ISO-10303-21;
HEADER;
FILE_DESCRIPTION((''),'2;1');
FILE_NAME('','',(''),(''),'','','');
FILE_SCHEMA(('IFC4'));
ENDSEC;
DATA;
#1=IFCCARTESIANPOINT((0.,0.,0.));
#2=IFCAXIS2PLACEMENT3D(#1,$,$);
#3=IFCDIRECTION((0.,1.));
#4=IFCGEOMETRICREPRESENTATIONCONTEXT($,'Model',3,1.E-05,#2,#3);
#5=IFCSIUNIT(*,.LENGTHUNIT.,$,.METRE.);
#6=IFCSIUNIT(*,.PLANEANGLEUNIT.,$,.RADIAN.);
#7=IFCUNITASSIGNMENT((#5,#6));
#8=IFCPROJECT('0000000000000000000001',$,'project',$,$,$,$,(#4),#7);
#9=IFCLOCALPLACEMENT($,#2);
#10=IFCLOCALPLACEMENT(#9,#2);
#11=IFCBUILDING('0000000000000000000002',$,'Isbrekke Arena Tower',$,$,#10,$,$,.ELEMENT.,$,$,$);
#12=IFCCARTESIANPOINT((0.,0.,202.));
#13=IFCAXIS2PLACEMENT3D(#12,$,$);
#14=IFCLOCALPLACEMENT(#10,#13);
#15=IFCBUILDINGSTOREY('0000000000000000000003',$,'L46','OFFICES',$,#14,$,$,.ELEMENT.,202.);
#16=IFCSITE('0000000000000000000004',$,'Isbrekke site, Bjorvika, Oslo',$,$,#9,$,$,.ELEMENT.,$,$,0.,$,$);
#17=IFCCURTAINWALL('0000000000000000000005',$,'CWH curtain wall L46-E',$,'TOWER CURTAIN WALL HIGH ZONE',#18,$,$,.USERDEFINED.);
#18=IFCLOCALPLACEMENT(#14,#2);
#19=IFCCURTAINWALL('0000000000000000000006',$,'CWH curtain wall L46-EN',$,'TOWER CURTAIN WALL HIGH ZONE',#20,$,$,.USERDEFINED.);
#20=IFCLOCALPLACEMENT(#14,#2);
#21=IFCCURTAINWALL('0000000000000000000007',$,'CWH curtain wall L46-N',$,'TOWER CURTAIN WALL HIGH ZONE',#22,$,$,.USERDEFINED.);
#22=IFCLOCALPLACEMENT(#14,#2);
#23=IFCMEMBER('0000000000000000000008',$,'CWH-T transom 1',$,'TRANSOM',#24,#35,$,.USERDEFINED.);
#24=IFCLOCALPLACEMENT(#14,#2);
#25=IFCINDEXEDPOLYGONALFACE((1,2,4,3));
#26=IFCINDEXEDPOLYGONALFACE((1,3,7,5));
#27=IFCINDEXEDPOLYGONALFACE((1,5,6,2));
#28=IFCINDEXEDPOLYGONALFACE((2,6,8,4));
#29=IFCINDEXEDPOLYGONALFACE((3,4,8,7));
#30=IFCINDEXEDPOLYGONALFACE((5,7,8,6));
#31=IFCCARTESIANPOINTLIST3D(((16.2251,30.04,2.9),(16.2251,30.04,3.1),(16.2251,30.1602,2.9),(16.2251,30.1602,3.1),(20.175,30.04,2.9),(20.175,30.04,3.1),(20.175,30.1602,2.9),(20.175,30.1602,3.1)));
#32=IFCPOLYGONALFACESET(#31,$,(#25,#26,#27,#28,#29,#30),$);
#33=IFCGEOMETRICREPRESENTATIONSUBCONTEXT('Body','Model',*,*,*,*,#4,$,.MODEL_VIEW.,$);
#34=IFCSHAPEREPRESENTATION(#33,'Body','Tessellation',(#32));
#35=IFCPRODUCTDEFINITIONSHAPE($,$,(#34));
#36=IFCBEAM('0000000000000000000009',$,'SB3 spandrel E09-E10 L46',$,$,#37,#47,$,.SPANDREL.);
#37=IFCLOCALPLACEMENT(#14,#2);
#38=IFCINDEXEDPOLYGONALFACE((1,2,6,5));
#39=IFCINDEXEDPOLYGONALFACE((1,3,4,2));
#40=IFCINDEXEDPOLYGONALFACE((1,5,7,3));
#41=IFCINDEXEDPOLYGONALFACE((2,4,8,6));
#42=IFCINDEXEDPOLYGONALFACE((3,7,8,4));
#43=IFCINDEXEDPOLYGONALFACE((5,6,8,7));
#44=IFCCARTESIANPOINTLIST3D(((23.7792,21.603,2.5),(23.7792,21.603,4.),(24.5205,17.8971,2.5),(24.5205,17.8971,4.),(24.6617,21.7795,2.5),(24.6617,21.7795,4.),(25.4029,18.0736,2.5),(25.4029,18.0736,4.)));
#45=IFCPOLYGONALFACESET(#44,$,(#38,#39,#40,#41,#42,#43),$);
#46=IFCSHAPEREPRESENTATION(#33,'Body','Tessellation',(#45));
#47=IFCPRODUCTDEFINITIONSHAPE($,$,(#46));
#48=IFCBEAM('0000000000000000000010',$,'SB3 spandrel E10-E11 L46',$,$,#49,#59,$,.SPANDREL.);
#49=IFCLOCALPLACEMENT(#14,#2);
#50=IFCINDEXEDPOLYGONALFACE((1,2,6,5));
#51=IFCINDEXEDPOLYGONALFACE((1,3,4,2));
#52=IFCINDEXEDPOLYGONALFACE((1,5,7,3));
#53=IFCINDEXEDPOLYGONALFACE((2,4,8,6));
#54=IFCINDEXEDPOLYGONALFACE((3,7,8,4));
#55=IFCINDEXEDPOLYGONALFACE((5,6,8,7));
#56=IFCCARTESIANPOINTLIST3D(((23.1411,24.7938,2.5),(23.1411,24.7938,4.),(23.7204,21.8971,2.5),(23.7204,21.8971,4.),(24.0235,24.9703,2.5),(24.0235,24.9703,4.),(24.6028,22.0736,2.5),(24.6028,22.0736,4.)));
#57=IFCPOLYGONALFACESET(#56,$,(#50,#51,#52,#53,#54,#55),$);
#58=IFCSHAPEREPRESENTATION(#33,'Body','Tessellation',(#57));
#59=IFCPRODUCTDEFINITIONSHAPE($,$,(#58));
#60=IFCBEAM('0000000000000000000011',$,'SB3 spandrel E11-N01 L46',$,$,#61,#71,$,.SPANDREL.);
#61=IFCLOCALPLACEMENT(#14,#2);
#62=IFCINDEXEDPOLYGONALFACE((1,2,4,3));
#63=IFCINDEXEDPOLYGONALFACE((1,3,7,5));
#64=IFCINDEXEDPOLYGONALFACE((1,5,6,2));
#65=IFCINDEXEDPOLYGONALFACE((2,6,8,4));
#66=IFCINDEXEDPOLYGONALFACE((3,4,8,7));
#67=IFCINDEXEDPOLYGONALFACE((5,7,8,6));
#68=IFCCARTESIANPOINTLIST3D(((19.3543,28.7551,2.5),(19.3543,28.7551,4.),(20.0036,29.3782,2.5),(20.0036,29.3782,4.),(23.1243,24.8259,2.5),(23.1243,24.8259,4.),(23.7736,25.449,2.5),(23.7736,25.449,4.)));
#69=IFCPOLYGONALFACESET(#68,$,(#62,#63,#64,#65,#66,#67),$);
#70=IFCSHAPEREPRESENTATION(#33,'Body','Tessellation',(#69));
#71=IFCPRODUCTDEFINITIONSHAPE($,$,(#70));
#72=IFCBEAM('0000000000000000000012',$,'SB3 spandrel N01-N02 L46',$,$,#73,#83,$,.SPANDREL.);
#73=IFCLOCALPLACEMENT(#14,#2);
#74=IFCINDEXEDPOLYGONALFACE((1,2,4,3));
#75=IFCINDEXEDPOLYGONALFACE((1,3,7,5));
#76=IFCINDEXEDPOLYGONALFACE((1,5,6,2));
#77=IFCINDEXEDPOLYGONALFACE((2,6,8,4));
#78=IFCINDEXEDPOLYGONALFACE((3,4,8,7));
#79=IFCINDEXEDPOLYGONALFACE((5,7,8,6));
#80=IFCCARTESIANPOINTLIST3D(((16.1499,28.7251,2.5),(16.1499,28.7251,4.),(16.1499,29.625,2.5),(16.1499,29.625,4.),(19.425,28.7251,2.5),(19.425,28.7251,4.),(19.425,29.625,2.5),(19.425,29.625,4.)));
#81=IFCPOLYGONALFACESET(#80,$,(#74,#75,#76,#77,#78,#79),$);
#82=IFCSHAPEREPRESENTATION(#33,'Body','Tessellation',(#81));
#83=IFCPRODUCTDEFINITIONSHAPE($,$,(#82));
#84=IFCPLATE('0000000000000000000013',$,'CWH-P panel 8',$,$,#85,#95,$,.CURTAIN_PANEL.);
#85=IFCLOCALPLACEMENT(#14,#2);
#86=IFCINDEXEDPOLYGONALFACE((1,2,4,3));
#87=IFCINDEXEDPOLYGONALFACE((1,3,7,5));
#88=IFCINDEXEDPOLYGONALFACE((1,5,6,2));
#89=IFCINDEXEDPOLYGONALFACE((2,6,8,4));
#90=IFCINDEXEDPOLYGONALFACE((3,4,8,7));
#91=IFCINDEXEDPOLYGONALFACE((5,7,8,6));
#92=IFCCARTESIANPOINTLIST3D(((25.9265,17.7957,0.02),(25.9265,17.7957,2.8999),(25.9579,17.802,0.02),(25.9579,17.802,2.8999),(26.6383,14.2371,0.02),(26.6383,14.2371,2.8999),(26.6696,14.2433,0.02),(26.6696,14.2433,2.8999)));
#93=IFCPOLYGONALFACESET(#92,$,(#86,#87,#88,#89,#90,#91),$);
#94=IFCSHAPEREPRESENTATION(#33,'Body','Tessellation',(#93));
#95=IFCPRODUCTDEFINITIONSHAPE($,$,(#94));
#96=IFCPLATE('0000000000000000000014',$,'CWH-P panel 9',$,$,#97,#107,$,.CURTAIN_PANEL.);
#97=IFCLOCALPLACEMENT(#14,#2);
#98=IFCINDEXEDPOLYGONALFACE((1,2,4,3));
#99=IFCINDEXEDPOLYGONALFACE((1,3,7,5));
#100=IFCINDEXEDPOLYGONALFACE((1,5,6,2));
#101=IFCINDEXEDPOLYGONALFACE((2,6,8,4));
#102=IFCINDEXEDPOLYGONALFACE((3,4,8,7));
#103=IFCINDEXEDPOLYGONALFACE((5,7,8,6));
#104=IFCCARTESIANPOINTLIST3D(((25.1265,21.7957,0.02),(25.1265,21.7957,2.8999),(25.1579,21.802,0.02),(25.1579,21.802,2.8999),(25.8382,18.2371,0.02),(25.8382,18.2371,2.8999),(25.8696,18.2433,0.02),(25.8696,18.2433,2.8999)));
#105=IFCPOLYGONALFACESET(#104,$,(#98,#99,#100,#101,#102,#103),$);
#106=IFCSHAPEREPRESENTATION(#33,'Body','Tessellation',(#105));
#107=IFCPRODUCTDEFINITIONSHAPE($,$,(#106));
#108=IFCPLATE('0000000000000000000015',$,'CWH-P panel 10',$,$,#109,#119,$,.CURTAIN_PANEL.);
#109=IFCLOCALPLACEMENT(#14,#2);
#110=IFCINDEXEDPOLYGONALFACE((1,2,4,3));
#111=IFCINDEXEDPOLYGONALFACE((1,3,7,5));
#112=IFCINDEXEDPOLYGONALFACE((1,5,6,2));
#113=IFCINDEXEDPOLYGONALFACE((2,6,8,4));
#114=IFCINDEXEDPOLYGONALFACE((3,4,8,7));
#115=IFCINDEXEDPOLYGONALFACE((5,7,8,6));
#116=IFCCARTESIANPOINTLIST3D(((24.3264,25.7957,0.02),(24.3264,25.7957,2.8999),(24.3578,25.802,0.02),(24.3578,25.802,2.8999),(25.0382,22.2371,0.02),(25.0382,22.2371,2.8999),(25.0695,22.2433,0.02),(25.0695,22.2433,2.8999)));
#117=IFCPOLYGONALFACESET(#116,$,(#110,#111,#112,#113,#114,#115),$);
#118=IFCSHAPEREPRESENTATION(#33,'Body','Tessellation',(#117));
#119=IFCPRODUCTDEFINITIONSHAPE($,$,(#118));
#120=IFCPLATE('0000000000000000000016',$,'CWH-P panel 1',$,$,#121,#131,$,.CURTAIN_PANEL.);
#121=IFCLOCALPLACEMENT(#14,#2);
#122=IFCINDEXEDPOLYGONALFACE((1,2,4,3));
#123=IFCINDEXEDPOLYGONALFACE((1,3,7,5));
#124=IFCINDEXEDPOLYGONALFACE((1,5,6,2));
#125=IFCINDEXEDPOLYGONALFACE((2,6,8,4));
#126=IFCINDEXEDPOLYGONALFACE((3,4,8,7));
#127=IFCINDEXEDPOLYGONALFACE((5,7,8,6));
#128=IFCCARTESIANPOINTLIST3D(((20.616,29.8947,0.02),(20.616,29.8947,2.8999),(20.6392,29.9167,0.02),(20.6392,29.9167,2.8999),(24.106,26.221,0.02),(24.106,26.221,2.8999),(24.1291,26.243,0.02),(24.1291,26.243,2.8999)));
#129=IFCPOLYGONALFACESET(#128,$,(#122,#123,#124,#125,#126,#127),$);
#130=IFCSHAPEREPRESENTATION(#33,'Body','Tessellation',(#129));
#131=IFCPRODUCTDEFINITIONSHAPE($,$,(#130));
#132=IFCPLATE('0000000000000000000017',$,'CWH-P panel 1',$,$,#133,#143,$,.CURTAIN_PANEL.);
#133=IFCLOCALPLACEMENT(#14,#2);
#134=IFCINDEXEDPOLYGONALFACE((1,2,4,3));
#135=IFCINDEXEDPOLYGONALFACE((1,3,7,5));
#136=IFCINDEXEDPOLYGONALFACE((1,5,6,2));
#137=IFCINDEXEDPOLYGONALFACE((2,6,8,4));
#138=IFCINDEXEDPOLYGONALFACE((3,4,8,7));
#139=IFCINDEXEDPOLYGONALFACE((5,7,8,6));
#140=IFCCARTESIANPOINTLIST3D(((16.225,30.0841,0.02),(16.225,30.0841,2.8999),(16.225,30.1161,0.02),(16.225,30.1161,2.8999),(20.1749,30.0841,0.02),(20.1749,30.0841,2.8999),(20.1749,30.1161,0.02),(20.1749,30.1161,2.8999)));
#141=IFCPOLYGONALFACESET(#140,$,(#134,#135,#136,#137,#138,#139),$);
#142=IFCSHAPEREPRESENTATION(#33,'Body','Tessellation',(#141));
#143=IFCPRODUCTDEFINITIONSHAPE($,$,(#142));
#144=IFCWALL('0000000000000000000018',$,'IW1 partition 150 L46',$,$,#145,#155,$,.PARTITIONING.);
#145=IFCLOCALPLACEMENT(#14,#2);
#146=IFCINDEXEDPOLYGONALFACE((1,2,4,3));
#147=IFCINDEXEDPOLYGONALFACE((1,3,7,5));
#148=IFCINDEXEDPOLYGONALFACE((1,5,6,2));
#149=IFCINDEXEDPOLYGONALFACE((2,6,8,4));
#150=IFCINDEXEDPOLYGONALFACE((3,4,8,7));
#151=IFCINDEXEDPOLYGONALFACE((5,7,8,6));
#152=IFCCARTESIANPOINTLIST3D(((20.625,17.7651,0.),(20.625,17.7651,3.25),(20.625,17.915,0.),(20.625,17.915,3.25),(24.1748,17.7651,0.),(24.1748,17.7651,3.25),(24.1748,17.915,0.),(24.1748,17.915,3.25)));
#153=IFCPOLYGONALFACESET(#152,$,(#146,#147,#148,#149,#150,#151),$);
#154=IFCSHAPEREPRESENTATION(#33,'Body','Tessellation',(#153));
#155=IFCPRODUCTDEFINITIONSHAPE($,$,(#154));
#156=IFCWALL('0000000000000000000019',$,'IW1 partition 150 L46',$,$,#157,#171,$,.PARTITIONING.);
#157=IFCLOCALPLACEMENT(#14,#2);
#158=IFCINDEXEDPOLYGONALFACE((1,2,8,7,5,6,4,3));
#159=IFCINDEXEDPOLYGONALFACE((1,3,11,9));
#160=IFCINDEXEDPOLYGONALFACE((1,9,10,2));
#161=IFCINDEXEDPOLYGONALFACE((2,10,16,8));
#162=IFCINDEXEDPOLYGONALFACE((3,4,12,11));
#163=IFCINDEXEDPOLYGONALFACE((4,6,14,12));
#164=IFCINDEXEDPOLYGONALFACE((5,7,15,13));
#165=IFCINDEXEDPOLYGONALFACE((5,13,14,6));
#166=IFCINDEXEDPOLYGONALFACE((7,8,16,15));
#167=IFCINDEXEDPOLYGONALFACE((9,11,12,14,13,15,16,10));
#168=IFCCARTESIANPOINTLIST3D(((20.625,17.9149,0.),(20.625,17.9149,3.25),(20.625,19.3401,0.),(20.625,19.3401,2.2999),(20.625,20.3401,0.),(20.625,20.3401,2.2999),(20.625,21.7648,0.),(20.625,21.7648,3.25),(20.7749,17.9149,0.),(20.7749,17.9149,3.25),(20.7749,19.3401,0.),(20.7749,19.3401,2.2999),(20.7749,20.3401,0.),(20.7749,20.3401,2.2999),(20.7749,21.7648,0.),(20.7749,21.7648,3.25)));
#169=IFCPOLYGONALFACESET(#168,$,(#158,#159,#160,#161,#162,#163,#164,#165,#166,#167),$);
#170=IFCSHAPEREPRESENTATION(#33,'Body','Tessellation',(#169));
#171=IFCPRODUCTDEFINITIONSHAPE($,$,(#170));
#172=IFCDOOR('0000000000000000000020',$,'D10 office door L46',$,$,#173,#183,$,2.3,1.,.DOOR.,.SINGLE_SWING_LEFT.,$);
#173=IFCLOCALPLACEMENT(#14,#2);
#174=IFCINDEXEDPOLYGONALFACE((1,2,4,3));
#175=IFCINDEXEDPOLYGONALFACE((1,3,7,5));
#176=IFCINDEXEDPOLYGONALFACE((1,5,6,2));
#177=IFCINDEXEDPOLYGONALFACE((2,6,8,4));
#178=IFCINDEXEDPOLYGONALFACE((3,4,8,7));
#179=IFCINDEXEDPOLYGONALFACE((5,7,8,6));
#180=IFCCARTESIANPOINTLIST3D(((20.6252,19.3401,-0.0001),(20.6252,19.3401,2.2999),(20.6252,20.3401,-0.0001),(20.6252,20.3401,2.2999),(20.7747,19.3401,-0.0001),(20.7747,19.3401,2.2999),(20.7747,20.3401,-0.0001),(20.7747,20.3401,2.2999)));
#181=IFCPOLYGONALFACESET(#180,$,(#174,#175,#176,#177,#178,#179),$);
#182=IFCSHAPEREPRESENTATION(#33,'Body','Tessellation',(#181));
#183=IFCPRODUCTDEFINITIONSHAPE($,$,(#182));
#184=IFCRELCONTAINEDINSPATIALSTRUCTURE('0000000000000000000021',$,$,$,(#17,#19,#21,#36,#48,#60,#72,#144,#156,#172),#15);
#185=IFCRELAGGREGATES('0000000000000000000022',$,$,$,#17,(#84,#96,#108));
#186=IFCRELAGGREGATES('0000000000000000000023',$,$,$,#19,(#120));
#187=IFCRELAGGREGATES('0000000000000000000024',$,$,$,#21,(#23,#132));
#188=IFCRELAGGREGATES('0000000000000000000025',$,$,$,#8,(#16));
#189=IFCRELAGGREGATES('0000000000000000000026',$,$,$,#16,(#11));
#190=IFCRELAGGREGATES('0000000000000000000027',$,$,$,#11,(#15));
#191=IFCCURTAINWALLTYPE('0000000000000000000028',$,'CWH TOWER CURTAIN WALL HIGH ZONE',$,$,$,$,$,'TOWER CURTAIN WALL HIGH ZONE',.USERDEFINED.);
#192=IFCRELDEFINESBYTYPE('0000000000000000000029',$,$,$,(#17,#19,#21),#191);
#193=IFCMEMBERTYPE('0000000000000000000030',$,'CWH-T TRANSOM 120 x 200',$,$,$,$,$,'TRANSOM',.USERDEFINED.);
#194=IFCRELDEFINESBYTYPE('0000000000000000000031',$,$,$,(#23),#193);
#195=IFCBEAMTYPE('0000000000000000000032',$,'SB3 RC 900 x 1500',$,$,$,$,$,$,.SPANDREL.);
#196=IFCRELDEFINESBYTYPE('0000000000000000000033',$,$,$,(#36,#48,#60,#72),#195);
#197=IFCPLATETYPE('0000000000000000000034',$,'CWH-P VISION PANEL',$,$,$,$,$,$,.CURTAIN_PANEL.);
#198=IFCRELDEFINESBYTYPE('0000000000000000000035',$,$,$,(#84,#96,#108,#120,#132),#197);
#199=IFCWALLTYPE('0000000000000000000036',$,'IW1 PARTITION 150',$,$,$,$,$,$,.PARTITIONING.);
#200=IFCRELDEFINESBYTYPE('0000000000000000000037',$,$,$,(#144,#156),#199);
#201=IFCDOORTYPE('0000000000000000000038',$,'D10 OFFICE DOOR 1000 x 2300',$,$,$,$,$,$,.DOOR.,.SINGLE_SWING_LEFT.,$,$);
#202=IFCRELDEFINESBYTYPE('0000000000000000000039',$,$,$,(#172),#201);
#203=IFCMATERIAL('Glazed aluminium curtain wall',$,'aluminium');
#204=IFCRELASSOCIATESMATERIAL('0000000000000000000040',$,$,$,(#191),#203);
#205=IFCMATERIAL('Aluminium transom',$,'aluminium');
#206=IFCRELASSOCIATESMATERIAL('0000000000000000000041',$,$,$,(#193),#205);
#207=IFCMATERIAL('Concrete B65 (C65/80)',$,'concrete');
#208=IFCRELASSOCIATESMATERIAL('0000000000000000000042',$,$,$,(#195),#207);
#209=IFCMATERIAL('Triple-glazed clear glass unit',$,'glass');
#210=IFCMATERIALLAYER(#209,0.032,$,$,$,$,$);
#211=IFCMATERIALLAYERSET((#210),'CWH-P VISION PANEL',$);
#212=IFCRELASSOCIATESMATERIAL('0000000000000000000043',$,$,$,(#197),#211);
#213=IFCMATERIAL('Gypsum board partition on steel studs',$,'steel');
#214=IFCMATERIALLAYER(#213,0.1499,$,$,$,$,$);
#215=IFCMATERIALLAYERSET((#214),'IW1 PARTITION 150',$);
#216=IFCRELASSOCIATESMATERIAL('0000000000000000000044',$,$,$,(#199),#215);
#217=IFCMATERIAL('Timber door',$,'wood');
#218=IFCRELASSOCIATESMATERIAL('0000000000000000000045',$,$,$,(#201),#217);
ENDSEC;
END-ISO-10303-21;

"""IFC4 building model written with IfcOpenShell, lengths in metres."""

from ifc_helpers import new_model, si_unit, direction, frame, frame_2d, origin, origin_2d, place, context, subcontext, project, spatial, rectangle, extrude, material, layer, layer_set, material_profile, profile_set, type_object, element, fill, aggregate, save


model = new_model("IFC4")

# Units and contexts
model_context = context("Model", 3, precision=1e-05, world=origin(), true_north=direction((0.0, 1.0)))
body_context = subcontext(model_context, "Body", "Model", "MODEL_VIEW")
ifc_project = project(units=[si_unit("LENGTHUNIT", "METRE"), si_unit("PLANEANGLEUNIT", "RADIAN")], contexts=[model_context])

# Site, building, storey
site_placement = place(None, origin())
site = spatial("IfcSite", under=ifc_project, at=site_placement, Name="Isbrekke site, Bjorvika, Oslo", CompositionType="ELEMENT", RefElevation=0.0)
building_placement = place(site_placement, origin())
building = spatial("IfcBuilding", under=site, at=building_placement, Name="Isbrekke Arena Tower", CompositionType="ELEMENT")
storey_placement = place(building_placement, frame((0.0, 0.0, 202.0)))
storey = spatial("IfcBuildingStorey", under=building, at=storey_placement, Name="L46", Description="OFFICES", CompositionType="ELEMENT", Elevation=202.0)

# Curtain wall
ifc_material_1 = material(Name="Glazed aluminium curtain wall", Category="aluminium")
curtain_wall_type = type_object("IfcCurtainWallType", Name="CWH TOWER CURTAIN WALL HIGH ZONE", ElementType="TOWER CURTAIN WALL HIGH ZONE", PredefinedType="USERDEFINED", material=ifc_material_1)
curtain_wall_1_placement = place(storey_placement, origin())
curtain_wall_1 = element("IfcCurtainWall", 1, at=curtain_wall_1_placement, inside=storey, type_object=curtain_wall_type, Name="CWH curtain wall L46-E", ObjectType="TOWER CURTAIN WALL HIGH ZONE", PredefinedType="USERDEFINED")

# Curtain wall
curtain_wall_2_placement = place(storey_placement, origin())
curtain_wall_2 = element("IfcCurtainWall", 2, at=curtain_wall_2_placement, inside=storey, type_object=curtain_wall_type, Name="CWH curtain wall L46-EN", ObjectType="TOWER CURTAIN WALL HIGH ZONE", PredefinedType="USERDEFINED")

# Shared definitions
ifc_material_2 = material(Name="Aluminium transom", Category="aluminium")
ifc_material_profile_1 = material_profile(ifc_material_2, rectangle(XDim=0.1201, YDim=0.2, at=origin_2d()), Name="TRANSOM 120X200")
ifc_profile_set_1 = profile_set([ifc_material_profile_1], Name="Aluminium transom")
member_type_1 = type_object("IfcMemberType", Name="CWH-T TRANSOM 120 x 200", ElementType="TRANSOM", PredefinedType="USERDEFINED", material=ifc_profile_set_1)

# Curtain wall, member
curtain_wall_3_placement = place(storey_placement, origin())
curtain_wall_3 = element("IfcCurtainWall", 3, at=curtain_wall_3_placement, inside=storey, type_object=curtain_wall_type, Name="CWH curtain wall L46-N", ObjectType="TOWER CURTAIN WALL HIGH ZONE", PredefinedType="USERDEFINED")
member_1_placement = place(storey_placement, frame((20.175, 30.1001, 3.0), z_axis=(-1.0, 0.0, 0.0), x_axis=(0.0, -1.0, 0.0)))
member_1 = element("IfcMember", 4, at=member_1_placement, type_object=member_type_1, Name="CWH-T transom 1", ObjectType="TRANSOM", PredefinedType="USERDEFINED", context=body_context, shape_type="SweptSolid", body=[
    extrude(rectangle(XDim=0.1201, YDim=0.2, at=origin_2d()), origin(), (0.0, 0.0, 1.0), 3.95),
])

# Beams
ifc_material_3 = material(Name="Concrete B65 (C65/80)", Category="concrete")
ifc_material_profile_2 = material_profile(ifc_material_3, rectangle(XDim=0.8999, YDim=1.5, at=origin_2d()), Name="RC 900x1500")
ifc_profile_set_2 = profile_set([ifc_material_profile_2], Name="Concrete B65 (C65/80)")
beam_type_1 = type_object("IfcBeamType", Name="SB3 RC 900 x 1500", PredefinedType="SPANDREL", material=ifc_profile_set_2)
beam_1_placement = place(storey_placement, frame((24.9617, 17.9854, 3.25), z_axis=(-0.196129, 0.980578, 0.0), x_axis=(-0.980578, -0.196129, 0.0)))
element("IfcBeam", 5, at=beam_1_placement, inside=storey, type_object=beam_type_1, Name="SB3 spandrel E09-E10 L46", PredefinedType="SPANDREL", context=body_context, shape_type="SweptSolid", body=[
    extrude(rectangle(XDim=0.8999, YDim=1.5, at=origin_2d()), origin(), (0.0, 0.0, 1.0), 3.7793),
])
beam_2_placement = place(storey_placement, frame((24.1616, 21.9854, 3.25), z_axis=(-0.196116, 0.980581, 0.0), x_axis=(-0.980581, -0.196116, 0.0)))
element("IfcBeam", 6, at=beam_2_placement, inside=storey, type_object=beam_type_1, Name="SB3 spandrel E10-E11 L46", PredefinedType="SPANDREL", context=body_context, shape_type="SweptSolid", body=[
    extrude(rectangle(XDim=0.8999, YDim=1.5, at=origin_2d()), origin(), (0.0, 0.0, 1.0), 2.9541),
])
beam_3_placement = place(storey_placement, frame((23.449, 25.1375, 3.25), z_axis=(-0.69234, 0.721572, 0.0), x_axis=(-0.721572, -0.69234, 0.0)))
element("IfcBeam", 7, at=beam_3_placement, inside=storey, type_object=beam_type_1, Name="SB3 spandrel E11-N01 L46", PredefinedType="SPANDREL", context=body_context, shape_type="SweptSolid", body=[
    extrude(rectangle(XDim=0.8999, YDim=1.5, at=origin_2d()), origin(), (0.0, 0.0, 1.0), 5.4453),
])
beam_4_placement = place(storey_placement, frame((19.425, 29.175, 3.25), z_axis=(-1.0, 0.0, 0.0), x_axis=(0.0, -1.0, 0.0)))
element("IfcBeam", 8, at=beam_4_placement, inside=storey, type_object=beam_type_1, Name="SB3 spandrel N01-N02 L46", PredefinedType="SPANDREL", context=body_context, shape_type="SweptSolid", body=[
    extrude(rectangle(XDim=0.8999, YDim=1.5, at=origin_2d()), origin(), (0.0, 0.0, 1.0), 3.2751),
])

# Plates
ifc_material_4 = material(Name="Triple-glazed clear glass unit", Category="glass")
ifc_layer_1 = layer(ifc_material_4, 0.032)
ifc_layer_set_1 = layer_set([ifc_layer_1], Name="CWH-P VISION PANEL")
plate_type = type_object("IfcPlateType", Name="CWH-P VISION PANEL", PredefinedType="CURTAIN_PANEL", material=ifc_layer_set_1)
plate_1_placement = place(storey_placement, frame((26.2981, 16.0195, 0.02), z_axis=(0.0, 0.0, 1.0), x_axis=(-0.196116, 0.980581, 0.0)))
plate_1 = element("IfcPlate", 9, at=plate_1_placement, type_object=plate_type, Name="CWH-P panel 8", PredefinedType="CURTAIN_PANEL", context=body_context, shape_type="SweptSolid", body=[
    extrude(rectangle(XDim=3.6292, YDim=0.032, at=origin_2d()), origin(), (0.0, 0.0, 1.0), 2.8799),
])
plate_2_placement = place(storey_placement, frame((25.498, 20.0195, 0.02), z_axis=(0.0, 0.0, 1.0), x_axis=(-0.196116, 0.980581, 0.0)))
plate_2 = element("IfcPlate", 10, at=plate_2_placement, type_object=plate_type, Name="CWH-P panel 9", PredefinedType="CURTAIN_PANEL", context=body_context, shape_type="SweptSolid", body=[
    extrude(rectangle(XDim=3.6292, YDim=0.032, at=origin_2d()), origin(), (0.0, 0.0, 1.0), 2.8799),
])
plate_3_placement = place(storey_placement, frame((24.698, 24.0195, 0.02), z_axis=(0.0, 0.0, 1.0), x_axis=(-0.196116, 0.980581, 0.0)))
plate_3 = element("IfcPlate", 11, at=plate_3_placement, type_object=plate_type, Name="CWH-P panel 10", PredefinedType="CURTAIN_PANEL", context=body_context, shape_type="SweptSolid", body=[
    extrude(rectangle(XDim=3.6292, YDim=0.032, at=origin_2d()), origin(), (0.0, 0.0, 1.0), 2.8799),
])
aggregate(curtain_wall_1, [plate_1, plate_2, plate_3])
plate_4_placement = place(storey_placement, frame((22.3726, 28.0688, 0.02), z_axis=(0.0, 0.0, 1.0), x_axis=(-0.688749, 0.724999, 0.0)))
plate_4 = element("IfcPlate", 12, at=plate_4_placement, type_object=plate_type, Name="CWH-P panel 1", PredefinedType="CURTAIN_PANEL", context=body_context, shape_type="SweptSolid", body=[
    extrude(rectangle(XDim=5.0671, YDim=0.032, at=origin_2d()), origin(), (0.0, 0.0, 1.0), 2.8799),
])
aggregate(curtain_wall_2, [plate_4])
plate_5_placement = place(storey_placement, frame((18.2, 30.1001, 0.02), z_axis=(0.0, 0.0, 1.0), x_axis=(-1.0, 0.0, 0.0)))
plate_5 = element("IfcPlate", 13, at=plate_5_placement, type_object=plate_type, Name="CWH-P panel 1", PredefinedType="CURTAIN_PANEL", context=body_context, shape_type="SweptSolid", body=[
    extrude(rectangle(XDim=3.95, YDim=0.032, at=origin_2d()), origin(), (0.0, 0.0, 1.0), 2.8799),
])
aggregate(curtain_wall_3, [member_1, plate_5])

# Wall
ifc_material_5 = material(Name="Gypsum board partition on steel studs", Category="steel")
ifc_layer_2 = layer(ifc_material_5, 0.1499)
ifc_layer_set_2 = layer_set([ifc_layer_2], Name="IW1 PARTITION 150")
wall_type = type_object("IfcWallType", Name="IW1 PARTITION 150", PredefinedType="PARTITIONING", material=ifc_layer_set_2)
wall_1_placement = place(storey_placement, frame((20.625, 17.8401, 0.0), z_axis=(0.0, 0.0, 1.0), x_axis=(1.0, 0.0, 0.0)))
element("IfcWall", 14, at=wall_1_placement, inside=storey, type_object=wall_type, Name="IW1 partition 150 L46", PredefinedType="PARTITIONING", context=body_context, shape_type="SweptSolid", body=[
    extrude(rectangle(XDim=3.5498, YDim=0.1499, at=frame_2d((1.7749, 0.0))), origin(), (0.0, 0.0, 1.0), 3.25),
])

# Wall, opening, door
wall_2_placement = place(storey_placement, frame((20.7, 17.915, 0.0), z_axis=(0.0, 0.0, 1.0), x_axis=(0.0, 1.0, 0.0)))
wall_2 = element("IfcWall", 15, at=wall_2_placement, inside=storey, type_object=wall_type, Name="IW1 partition 150 L46", PredefinedType="PARTITIONING", context=body_context, shape_type="SweptSolid", body=[
    extrude(rectangle(XDim=3.8499, YDim=0.1499, at=frame_2d((1.9248, 0.0))), origin(), (0.0, 0.0, 1.0), 3.25),
])
opening_placement = place(wall_2_placement, frame((1.425, 0.0, 0.0)))
opening = element("IfcOpeningElement", 16, at=opening_placement, cuts=wall_2, PredefinedType="OPENING", context=body_context, shape_type="SweptSolid", body=[
    extrude(rectangle(XDim=1.0, YDim=2.3, at=frame_2d((0.5, 1.1499))), frame((0.0, 0.0898, 0.0), z_axis=(0.0, -1.0, 0.0), x_axis=(1.0, 0.0, 0.0)), (0.0, 0.0, 1.0), 0.1797),
])
ifc_material_6 = material(Name="Timber door", Category="wood")
door_type = type_object("IfcDoorType", Name="D10 OFFICE DOOR 1000 x 2300", OperationType="SINGLE_SWING_LEFT", PredefinedType="DOOR", material=ifc_material_6)
door_placement = place(opening_placement, origin())
door = element("IfcDoor", 17, at=door_placement, inside=storey, type_object=door_type, Name="D10 office door L46", OperationType="SINGLE_SWING_LEFT", OverallHeight=2.3, OverallWidth=1.0, PredefinedType="DOOR", context=body_context, shape_type="SweptSolid", body=[
    extrude(rectangle(XDim=1.0, YDim=2.3, at=frame_2d((0.5, 1.1499))), frame((0.0, 0.0747, 0.0), z_axis=(0.0, -1.0, 0.0), x_axis=(1.0, 0.0, 0.0)), (0.0, 0.0, 1.0), 0.1494),
])
fill(opening, door)

save(model, "model.ifc")
